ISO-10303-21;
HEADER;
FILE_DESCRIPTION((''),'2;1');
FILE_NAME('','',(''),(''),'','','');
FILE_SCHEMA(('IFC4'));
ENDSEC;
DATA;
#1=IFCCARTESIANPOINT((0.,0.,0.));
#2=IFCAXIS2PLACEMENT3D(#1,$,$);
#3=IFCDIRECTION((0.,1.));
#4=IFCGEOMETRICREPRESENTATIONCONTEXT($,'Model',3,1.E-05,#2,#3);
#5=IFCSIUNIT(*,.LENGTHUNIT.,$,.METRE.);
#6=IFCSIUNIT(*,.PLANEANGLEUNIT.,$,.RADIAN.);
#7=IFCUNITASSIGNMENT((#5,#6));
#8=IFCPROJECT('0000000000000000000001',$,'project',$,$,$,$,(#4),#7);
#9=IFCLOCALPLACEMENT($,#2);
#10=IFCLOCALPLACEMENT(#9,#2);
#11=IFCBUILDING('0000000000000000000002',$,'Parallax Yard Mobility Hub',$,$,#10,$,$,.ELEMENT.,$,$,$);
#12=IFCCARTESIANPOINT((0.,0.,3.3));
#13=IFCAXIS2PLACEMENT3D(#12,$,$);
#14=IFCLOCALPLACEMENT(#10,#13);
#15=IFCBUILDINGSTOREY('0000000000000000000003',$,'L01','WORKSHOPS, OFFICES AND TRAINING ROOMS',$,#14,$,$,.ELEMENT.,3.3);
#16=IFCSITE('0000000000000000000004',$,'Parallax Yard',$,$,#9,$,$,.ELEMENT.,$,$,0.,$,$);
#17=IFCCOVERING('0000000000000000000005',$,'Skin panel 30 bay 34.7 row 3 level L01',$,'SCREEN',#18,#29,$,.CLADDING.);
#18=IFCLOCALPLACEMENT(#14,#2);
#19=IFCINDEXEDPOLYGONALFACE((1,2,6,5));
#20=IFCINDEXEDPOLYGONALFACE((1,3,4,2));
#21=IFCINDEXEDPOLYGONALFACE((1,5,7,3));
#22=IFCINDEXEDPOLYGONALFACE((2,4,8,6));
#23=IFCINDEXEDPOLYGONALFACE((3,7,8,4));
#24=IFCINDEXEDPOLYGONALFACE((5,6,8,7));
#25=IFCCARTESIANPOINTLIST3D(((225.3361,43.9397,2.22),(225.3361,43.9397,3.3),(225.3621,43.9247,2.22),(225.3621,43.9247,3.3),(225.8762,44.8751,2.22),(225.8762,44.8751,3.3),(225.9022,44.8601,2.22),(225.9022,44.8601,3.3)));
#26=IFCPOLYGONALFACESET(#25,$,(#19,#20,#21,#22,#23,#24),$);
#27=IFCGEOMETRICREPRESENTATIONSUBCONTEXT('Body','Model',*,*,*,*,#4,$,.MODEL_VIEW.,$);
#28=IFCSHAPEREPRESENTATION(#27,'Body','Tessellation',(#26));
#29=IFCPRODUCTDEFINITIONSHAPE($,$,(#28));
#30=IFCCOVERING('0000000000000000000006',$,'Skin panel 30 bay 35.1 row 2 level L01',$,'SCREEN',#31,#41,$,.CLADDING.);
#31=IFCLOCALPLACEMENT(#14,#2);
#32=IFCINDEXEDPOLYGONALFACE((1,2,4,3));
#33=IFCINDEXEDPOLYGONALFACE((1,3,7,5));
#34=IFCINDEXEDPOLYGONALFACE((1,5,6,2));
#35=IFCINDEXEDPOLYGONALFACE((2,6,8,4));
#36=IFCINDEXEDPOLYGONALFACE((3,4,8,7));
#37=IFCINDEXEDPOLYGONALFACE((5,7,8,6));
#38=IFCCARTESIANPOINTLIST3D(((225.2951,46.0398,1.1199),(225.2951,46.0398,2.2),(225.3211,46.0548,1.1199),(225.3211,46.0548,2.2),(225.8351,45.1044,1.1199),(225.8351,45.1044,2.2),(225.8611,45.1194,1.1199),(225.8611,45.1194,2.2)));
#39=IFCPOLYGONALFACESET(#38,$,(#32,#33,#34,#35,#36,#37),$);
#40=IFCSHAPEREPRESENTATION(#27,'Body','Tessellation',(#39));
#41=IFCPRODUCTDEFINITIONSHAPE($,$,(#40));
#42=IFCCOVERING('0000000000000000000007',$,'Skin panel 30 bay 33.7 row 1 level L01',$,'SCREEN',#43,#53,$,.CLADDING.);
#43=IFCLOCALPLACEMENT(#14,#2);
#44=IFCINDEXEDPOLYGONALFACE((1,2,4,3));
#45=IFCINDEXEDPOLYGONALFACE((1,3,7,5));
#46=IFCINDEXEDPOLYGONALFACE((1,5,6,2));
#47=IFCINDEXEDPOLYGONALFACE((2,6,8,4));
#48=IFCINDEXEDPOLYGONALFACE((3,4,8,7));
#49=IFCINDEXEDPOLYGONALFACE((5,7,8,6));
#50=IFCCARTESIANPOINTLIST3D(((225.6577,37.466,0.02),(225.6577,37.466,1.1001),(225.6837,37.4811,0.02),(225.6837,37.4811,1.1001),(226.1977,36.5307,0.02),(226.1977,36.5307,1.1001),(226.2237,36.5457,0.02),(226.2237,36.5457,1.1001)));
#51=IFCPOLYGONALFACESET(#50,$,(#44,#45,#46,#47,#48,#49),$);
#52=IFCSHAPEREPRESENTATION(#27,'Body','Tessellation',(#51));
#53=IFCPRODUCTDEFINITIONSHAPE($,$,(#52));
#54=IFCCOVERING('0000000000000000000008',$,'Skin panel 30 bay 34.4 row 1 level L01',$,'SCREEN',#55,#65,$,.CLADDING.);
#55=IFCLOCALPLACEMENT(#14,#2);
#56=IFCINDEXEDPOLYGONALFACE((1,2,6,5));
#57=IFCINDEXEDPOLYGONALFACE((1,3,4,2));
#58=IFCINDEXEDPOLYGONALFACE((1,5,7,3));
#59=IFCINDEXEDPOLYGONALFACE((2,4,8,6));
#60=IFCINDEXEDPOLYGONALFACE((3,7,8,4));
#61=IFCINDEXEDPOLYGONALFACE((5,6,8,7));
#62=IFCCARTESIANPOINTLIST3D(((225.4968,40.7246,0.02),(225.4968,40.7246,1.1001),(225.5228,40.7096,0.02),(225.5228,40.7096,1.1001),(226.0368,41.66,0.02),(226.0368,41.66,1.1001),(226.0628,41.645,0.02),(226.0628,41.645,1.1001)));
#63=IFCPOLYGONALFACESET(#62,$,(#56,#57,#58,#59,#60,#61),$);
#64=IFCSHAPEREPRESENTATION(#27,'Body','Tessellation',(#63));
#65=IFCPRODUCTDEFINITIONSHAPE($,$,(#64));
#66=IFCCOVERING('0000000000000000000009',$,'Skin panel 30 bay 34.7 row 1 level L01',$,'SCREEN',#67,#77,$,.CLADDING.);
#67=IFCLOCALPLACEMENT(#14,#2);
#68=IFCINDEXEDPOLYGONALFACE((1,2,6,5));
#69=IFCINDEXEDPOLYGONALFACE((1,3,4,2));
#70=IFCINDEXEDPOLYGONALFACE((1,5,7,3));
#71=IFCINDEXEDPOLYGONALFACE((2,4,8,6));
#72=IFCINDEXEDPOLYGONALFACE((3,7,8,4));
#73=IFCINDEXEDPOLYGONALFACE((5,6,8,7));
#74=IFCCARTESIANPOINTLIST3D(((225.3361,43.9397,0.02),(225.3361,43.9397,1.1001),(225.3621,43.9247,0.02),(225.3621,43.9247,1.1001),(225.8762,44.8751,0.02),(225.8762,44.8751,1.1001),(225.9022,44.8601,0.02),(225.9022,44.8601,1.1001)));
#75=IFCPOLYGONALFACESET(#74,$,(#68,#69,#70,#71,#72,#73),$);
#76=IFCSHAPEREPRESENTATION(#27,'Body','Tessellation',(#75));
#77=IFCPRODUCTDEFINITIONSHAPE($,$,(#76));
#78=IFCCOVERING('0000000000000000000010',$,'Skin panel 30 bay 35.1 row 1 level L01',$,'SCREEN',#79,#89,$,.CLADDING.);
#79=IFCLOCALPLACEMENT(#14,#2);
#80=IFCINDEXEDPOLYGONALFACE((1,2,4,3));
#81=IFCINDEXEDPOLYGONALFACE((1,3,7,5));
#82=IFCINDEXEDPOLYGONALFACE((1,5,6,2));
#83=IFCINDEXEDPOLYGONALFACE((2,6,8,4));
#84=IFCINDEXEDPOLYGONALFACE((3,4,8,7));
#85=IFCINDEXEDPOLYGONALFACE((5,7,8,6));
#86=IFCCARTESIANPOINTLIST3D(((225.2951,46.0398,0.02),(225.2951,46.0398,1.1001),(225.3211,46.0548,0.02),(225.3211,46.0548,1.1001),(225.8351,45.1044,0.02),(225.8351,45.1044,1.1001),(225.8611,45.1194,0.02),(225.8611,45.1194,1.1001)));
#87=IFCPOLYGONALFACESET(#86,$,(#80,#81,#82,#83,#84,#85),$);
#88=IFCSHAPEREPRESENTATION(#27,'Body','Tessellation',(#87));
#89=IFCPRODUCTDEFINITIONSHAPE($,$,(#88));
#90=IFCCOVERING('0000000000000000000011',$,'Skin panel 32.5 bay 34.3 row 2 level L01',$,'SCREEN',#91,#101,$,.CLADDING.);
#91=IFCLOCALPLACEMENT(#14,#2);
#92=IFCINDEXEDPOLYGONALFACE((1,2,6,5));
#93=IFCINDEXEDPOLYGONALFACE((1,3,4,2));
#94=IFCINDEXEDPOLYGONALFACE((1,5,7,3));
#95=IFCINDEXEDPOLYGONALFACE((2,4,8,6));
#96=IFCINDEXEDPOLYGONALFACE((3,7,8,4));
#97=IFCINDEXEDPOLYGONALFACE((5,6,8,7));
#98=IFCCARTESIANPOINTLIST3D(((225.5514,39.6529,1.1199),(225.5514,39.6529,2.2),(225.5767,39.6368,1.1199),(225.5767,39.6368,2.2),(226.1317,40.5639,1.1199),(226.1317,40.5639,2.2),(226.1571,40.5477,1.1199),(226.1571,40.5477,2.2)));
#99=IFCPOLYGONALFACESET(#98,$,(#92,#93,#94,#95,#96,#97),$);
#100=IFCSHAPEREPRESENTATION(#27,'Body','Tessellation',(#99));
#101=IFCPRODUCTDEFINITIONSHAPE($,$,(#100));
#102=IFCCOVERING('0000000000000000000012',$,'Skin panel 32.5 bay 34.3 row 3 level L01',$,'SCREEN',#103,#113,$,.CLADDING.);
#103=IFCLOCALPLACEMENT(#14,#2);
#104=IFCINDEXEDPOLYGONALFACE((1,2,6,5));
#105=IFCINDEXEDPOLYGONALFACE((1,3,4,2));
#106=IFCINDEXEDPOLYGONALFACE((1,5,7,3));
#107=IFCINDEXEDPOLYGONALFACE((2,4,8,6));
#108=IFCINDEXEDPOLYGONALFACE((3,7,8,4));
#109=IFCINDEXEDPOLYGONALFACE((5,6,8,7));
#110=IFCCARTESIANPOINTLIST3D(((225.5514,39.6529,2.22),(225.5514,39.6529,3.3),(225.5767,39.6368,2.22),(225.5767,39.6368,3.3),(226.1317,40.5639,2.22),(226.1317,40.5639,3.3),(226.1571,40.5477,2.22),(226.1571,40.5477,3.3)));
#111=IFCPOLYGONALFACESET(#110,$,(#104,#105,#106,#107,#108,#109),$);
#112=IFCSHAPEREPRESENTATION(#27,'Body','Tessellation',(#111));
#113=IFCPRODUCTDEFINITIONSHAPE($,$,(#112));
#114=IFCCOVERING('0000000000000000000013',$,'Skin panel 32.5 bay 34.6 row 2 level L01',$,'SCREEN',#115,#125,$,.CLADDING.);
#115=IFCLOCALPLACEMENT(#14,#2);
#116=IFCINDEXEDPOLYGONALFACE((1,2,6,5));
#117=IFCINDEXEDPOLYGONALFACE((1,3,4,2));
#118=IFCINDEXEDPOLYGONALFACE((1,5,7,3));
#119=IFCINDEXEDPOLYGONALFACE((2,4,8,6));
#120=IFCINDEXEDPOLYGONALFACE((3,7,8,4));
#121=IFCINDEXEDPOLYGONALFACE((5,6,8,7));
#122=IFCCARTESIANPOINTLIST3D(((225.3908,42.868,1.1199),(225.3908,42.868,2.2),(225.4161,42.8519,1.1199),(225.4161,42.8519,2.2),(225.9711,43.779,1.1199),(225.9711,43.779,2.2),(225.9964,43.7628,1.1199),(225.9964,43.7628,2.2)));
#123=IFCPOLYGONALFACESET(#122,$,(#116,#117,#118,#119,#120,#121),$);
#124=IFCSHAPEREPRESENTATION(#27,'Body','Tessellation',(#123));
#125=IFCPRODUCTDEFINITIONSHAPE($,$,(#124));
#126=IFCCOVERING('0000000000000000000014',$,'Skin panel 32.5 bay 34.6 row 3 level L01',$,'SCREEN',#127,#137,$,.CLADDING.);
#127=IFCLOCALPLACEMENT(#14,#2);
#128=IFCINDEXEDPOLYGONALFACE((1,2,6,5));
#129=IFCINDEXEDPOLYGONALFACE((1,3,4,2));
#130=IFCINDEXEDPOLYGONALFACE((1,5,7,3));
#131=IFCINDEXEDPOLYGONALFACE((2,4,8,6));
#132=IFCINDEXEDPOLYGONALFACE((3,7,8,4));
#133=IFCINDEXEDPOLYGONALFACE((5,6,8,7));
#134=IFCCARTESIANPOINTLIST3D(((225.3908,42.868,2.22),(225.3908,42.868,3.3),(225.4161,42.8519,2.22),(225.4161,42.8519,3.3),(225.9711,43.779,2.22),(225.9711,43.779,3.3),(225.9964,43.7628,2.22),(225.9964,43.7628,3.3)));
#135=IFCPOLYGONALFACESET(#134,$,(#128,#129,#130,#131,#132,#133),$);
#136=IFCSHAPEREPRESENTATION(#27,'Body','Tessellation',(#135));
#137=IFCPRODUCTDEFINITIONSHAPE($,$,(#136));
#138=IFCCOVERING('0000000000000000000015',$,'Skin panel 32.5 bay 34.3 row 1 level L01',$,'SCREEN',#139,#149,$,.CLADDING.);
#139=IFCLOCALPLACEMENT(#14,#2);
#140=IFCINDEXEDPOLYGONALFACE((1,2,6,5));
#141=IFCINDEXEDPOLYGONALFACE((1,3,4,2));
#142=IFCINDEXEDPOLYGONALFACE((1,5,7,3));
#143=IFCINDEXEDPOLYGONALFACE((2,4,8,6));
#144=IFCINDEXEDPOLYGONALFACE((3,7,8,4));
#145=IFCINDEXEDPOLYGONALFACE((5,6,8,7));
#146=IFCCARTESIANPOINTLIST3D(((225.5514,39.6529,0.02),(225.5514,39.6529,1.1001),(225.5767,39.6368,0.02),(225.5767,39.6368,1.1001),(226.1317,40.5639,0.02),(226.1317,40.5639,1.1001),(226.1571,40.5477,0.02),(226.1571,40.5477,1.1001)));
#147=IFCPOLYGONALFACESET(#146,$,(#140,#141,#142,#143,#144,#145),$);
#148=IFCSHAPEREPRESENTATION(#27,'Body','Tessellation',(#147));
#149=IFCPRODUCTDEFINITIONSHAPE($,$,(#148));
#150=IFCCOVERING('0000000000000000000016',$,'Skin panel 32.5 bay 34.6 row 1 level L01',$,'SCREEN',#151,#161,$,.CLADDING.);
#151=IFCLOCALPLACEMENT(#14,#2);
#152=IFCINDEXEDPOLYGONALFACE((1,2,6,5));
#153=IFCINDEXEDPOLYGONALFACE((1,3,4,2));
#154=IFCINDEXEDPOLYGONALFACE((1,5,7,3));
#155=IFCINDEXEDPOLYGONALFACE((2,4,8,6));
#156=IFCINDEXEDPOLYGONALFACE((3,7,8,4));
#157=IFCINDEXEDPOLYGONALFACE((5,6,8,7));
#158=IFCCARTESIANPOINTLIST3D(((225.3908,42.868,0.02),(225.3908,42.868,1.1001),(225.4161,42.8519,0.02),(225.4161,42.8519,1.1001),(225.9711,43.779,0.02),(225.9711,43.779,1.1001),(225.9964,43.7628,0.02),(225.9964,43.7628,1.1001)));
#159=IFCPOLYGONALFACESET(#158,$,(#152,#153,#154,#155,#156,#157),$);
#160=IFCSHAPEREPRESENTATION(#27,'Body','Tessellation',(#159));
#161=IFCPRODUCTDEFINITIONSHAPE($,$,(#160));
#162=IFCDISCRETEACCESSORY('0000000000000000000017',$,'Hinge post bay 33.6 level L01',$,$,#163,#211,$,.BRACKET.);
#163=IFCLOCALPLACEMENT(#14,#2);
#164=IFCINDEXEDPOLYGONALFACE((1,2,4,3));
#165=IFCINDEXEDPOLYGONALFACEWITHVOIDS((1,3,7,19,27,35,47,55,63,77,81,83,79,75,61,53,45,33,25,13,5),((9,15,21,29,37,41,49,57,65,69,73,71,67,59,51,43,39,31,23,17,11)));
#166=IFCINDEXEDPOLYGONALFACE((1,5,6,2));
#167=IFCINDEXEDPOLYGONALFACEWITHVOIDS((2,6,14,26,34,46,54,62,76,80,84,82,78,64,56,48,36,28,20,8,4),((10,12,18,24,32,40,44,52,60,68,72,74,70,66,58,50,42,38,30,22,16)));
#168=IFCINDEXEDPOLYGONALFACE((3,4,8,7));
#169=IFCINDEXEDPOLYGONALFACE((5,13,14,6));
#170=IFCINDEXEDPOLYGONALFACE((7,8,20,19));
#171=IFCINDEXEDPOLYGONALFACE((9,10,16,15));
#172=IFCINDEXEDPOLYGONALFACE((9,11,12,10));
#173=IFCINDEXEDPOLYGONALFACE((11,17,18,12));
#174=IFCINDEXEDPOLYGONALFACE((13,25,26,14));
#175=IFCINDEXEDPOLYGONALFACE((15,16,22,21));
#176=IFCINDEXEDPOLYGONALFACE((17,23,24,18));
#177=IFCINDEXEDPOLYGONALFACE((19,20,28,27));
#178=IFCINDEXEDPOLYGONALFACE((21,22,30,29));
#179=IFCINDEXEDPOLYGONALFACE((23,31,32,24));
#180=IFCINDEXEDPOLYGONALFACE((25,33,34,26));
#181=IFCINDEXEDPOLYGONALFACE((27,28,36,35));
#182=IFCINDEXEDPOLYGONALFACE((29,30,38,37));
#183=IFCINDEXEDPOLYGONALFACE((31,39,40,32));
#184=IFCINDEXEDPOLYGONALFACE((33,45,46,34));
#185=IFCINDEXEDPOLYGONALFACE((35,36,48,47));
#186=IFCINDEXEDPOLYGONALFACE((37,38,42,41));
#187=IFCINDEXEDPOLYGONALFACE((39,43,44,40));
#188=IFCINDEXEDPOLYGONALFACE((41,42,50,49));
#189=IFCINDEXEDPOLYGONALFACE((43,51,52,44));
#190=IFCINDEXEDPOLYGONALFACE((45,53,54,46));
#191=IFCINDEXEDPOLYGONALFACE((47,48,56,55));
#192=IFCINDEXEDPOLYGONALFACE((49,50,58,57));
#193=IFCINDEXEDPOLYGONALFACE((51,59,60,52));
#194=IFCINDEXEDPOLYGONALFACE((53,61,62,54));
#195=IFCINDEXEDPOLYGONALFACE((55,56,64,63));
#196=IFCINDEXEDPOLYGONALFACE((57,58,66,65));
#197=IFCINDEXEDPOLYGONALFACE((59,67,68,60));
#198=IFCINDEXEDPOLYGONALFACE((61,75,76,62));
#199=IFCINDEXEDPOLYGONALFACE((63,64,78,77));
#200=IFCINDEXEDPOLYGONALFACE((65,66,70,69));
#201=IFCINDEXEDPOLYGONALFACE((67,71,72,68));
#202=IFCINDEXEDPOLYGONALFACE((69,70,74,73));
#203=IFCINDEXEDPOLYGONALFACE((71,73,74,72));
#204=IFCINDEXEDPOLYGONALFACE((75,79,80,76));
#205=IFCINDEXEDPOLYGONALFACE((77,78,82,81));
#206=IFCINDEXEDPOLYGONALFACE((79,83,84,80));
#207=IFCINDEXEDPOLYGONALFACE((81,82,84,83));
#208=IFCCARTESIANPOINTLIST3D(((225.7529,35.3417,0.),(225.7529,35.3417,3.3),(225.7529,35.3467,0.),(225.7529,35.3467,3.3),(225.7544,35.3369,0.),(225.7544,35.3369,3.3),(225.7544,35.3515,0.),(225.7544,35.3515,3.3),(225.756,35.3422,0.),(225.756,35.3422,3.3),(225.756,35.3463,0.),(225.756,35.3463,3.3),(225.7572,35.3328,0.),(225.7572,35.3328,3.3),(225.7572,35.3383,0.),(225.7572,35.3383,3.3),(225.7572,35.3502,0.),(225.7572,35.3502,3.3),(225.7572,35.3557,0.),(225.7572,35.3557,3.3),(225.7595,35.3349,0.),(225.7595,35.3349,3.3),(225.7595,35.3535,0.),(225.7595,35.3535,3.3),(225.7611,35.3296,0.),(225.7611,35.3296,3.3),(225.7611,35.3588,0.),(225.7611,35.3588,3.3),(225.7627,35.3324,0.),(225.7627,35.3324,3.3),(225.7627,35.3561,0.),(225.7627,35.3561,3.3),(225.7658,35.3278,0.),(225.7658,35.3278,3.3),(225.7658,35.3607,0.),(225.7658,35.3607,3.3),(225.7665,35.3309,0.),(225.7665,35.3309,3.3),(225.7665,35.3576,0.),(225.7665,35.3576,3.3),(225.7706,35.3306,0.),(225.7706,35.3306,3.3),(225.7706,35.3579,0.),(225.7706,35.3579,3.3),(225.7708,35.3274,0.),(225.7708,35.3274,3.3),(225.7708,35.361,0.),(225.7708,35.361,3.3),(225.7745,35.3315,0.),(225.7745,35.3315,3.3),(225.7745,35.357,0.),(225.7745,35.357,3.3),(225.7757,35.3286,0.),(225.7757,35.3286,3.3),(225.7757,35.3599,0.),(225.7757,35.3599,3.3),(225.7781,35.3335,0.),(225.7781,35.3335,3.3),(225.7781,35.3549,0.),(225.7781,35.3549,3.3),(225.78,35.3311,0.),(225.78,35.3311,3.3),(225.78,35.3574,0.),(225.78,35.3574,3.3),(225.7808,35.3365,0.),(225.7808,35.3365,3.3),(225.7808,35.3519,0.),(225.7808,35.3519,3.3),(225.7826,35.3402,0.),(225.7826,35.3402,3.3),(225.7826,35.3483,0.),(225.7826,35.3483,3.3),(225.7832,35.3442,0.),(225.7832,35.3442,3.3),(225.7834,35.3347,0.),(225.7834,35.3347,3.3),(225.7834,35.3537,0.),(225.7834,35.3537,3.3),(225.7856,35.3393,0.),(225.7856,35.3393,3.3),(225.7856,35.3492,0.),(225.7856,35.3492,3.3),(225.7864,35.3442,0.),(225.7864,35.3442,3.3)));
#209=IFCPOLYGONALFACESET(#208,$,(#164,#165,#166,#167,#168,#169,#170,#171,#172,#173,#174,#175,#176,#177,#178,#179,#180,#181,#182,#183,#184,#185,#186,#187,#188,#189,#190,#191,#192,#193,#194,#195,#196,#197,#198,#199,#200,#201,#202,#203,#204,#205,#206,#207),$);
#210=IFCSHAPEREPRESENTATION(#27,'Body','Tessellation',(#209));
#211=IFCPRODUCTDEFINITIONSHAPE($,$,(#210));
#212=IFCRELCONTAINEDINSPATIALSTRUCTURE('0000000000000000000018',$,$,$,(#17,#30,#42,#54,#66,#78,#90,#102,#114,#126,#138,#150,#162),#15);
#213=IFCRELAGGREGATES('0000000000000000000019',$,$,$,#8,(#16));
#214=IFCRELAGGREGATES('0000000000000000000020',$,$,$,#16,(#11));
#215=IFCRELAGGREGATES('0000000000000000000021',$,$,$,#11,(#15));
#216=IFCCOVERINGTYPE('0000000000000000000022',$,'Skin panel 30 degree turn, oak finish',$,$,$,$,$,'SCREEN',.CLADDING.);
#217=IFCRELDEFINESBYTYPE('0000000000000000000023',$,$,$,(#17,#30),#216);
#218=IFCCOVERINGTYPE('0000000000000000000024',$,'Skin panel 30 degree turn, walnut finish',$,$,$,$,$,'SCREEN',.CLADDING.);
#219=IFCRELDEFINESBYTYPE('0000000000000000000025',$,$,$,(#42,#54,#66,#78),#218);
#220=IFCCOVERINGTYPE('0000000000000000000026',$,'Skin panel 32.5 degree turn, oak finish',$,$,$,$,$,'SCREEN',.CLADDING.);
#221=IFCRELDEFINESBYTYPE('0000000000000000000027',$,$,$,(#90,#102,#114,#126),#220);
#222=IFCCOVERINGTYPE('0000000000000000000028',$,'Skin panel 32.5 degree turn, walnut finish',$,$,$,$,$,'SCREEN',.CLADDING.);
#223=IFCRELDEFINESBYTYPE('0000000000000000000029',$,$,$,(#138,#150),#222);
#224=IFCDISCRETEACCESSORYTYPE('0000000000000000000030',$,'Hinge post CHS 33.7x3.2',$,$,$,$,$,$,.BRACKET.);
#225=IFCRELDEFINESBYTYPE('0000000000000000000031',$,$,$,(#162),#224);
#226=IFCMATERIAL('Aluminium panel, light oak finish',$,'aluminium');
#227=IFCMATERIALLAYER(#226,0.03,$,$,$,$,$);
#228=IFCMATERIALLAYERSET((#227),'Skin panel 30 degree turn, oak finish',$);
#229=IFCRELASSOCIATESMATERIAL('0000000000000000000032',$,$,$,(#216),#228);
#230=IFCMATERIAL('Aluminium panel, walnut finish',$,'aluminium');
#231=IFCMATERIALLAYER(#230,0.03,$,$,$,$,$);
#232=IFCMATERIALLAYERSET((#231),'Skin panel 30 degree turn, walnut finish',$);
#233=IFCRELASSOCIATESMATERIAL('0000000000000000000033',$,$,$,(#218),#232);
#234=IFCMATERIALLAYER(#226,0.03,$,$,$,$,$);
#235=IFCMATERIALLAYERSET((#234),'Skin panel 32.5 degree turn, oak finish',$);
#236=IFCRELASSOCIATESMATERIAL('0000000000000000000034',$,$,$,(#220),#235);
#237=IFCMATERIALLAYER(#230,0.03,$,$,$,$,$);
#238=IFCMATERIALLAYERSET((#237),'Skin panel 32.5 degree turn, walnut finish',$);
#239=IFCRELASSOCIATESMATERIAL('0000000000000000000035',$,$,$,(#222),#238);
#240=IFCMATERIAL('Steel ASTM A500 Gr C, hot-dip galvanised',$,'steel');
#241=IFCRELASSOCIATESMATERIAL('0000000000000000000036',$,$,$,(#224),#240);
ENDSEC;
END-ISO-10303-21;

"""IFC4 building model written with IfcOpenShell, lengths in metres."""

from ifc_helpers import new_model, si_unit, direction, frame, origin, origin_2d, place, context, subcontext, project, spatial, rectangle, hollow_circle, extrude, material, layer, layer_set, material_profile, profile_set, type_object, element, save


model = new_model("IFC4")

# Units and contexts
model_context = context("Model", 3, precision=1e-05, world=origin(), true_north=direction((0.0, 1.0)))
body_context = subcontext(model_context, "Body", "Model", "MODEL_VIEW")
ifc_project = project(units=[si_unit("LENGTHUNIT", "METRE"), si_unit("PLANEANGLEUNIT", "RADIAN")], contexts=[model_context])

# Site, building, storey
site_placement = place(None, origin())
site = spatial("IfcSite", under=ifc_project, at=site_placement, Name="Parallax Yard", CompositionType="ELEMENT", RefElevation=0.0)
building_placement = place(site_placement, origin())
building = spatial("IfcBuilding", under=site, at=building_placement, Name="Parallax Yard Mobility Hub", CompositionType="ELEMENT")
storey_placement = place(building_placement, frame((0.0, 0.0, 3.3)))
storey = spatial("IfcBuildingStorey", under=building, at=storey_placement, Name="L01", Description="WORKSHOPS, OFFICES AND TRAINING ROOMS", CompositionType="ELEMENT", Elevation=3.3)

# Coverings
ifc_material_1 = material(Name="Aluminium panel, light oak finish", Category="aluminium")
ifc_material_2 = material(Name="Aluminium panel, walnut finish", Category="aluminium")
ifc_layer_1 = layer(ifc_material_1, 0.03)
ifc_layer_set_1 = layer_set([ifc_layer_1], Name="Skin panel 30 degree turn, oak finish")
covering_type_1 = type_object("IfcCoveringType", Name="Skin panel 30 degree turn, oak finish", ElementType="SCREEN", PredefinedType="CLADDING", material=ifc_layer_set_1)
for number, where, z_axis, x_axis, name in (
    (1, (225.6191, 44.3999, 2.22), (0.0, 0.0, 1.0), (0.5, 0.866025, 0.0), "Skin panel 30 bay 34.7 row 3 level L01"),
    (2, (225.5781, 45.5796, 1.1199), (0.0, 0.0, 1.0), (0.5, -0.866025, 0.0), "Skin panel 30 bay 35.1 row 2 level L01"),
):
    element("IfcCovering", number, at=place(storey_placement, frame(where, z_axis=z_axis, x_axis=x_axis)), inside=storey, type_object=covering_type_1, Name=name, ObjectType="SCREEN", PredefinedType="CLADDING", context=body_context, shape_type="SweptSolid", body=[
        extrude(rectangle(XDim=1.0801, YDim=0.03, at=origin_2d()), origin(), (0.0, 0.0, 1.0), 1.0801),
    ])
ifc_layer_2 = layer(ifc_material_2, 0.03)
ifc_layer_set_2 = layer_set([ifc_layer_2], Name="Skin panel 30 degree turn, walnut finish")
covering_type_2 = type_object("IfcCoveringType", Name="Skin panel 30 degree turn, walnut finish", ElementType="SCREEN", PredefinedType="CLADDING", material=ifc_layer_set_2)
for number, where, z_axis, x_axis, name in (
    (3, (225.9407, 37.0059, 0.02), (0.0, 0.0, 1.0), (0.5, -0.866025, 0.0), "Skin panel 30 bay 33.7 row 1 level L01"),
    (4, (225.7798, 41.1848, 0.02), (0.0, 0.0, 1.0), (0.5, 0.866025, 0.0), "Skin panel 30 bay 34.4 row 1 level L01"),
    (5, (225.6191, 44.3999, 0.02), (0.0, 0.0, 1.0), (0.5, 0.866025, 0.0), "Skin panel 30 bay 34.7 row 1 level L01"),
    (6, (225.5781, 45.5796, 0.02), (0.0, 0.0, 1.0), (0.5, -0.866025, 0.0), "Skin panel 30 bay 35.1 row 1 level L01"),
):
    element("IfcCovering", number, at=place(storey_placement, frame(where, z_axis=z_axis, x_axis=x_axis)), inside=storey, type_object=covering_type_2, Name=name, ObjectType="SCREEN", PredefinedType="CLADDING", context=body_context, shape_type="SweptSolid", body=[
        extrude(rectangle(XDim=1.0801, YDim=0.03, at=origin_2d()), origin(), (0.0, 0.0, 1.0), 1.0801),
    ])
ifc_layer_3 = layer(ifc_material_1, 0.03)
ifc_layer_set_3 = layer_set([ifc_layer_3], Name="Skin panel 32.5 degree turn, oak finish")
covering_type_3 = type_object("IfcCoveringType", Name="Skin panel 32.5 degree turn, oak finish", ElementType="SCREEN", PredefinedType="CLADDING", material=ifc_layer_set_3)
for number, where, z_axis, x_axis, name in (
    (7, (225.8542, 40.1003, 1.1199), (0.0, 0.0, 1.0), (0.5373, 0.843391, 0.0), "Skin panel 32.5 bay 34.3 row 2 level L01"),
    (8, (225.8542, 40.1003, 2.22), (0.0, 0.0, 1.0), (0.5373, 0.843391, 0.0), "Skin panel 32.5 bay 34.3 row 3 level L01"),
    (9, (225.6936, 43.3154, 1.1199), (0.0, 0.0, 1.0), (0.5373, 0.843391, 0.0), "Skin panel 32.5 bay 34.6 row 2 level L01"),
    (10, (225.6936, 43.3154, 2.22), (0.0, 0.0, 1.0), (0.5373, 0.843391, 0.0), "Skin panel 32.5 bay 34.6 row 3 level L01"),
):
    element("IfcCovering", number, at=place(storey_placement, frame(where, z_axis=z_axis, x_axis=x_axis)), inside=storey, type_object=covering_type_3, Name=name, ObjectType="SCREEN", PredefinedType="CLADDING", context=body_context, shape_type="SweptSolid", body=[
        extrude(rectangle(XDim=1.0801, YDim=0.03, at=origin_2d()), origin(), (0.0, 0.0, 1.0), 1.0801),
    ])
ifc_layer_4 = layer(ifc_material_2, 0.03)
ifc_layer_set_4 = layer_set([ifc_layer_4], Name="Skin panel 32.5 degree turn, walnut finish")
covering_type_4 = type_object("IfcCoveringType", Name="Skin panel 32.5 degree turn, walnut finish", ElementType="SCREEN", PredefinedType="CLADDING", material=ifc_layer_set_4)
for number, where, z_axis, x_axis, name in (
    (11, (225.8542, 40.1003, 0.02), (0.0, 0.0, 1.0), (0.5373, 0.843391, 0.0), "Skin panel 32.5 bay 34.3 row 1 level L01"),
    (12, (225.6936, 43.3154, 0.02), (0.0, 0.0, 1.0), (0.5373, 0.843391, 0.0), "Skin panel 32.5 bay 34.6 row 1 level L01"),
):
    element("IfcCovering", number, at=place(storey_placement, frame(where, z_axis=z_axis, x_axis=x_axis)), inside=storey, type_object=covering_type_4, Name=name, ObjectType="SCREEN", PredefinedType="CLADDING", context=body_context, shape_type="SweptSolid", body=[
        extrude(rectangle(XDim=1.0801, YDim=0.03, at=origin_2d()), origin(), (0.0, 0.0, 1.0), 1.0801),
    ])

# Discrete accessory
ifc_material_3 = material(Name="Steel ASTM A500 Gr C, hot-dip galvanised", Category="steel")
ifc_material_profile = material_profile(ifc_material_3, hollow_circle(Radius=0.0168, WallThickness=0.0032, at=origin_2d()), Name="CHS 33.7x3.2")
ifc_profile_set = profile_set([ifc_material_profile], Name="Steel ASTM A500 Gr C, hot-dip galvanised")
discrete_accessory_type = type_object("IfcDiscreteAccessoryType", Name="Hinge post CHS 33.7x3.2", PredefinedType="BRACKET", material=ifc_profile_set)
for number, where, z_axis, x_axis, name in (
    (13, (225.7695, 35.3442, 0.0), (0.0, 0.0, 1.0), (1.0, 0.0, 0.0), "Hinge post bay 33.6 level L01"),
):
    element("IfcDiscreteAccessory", number, at=place(storey_placement, frame(where, z_axis=z_axis, x_axis=x_axis)), inside=storey, type_object=discrete_accessory_type, Name=name, PredefinedType="BRACKET", context=body_context, shape_type="SweptSolid", body=[
        extrude(hollow_circle(Radius=0.0168, WallThickness=0.0032, at=origin_2d()), origin(), (0.0, 0.0, 1.0), 3.3),
    ])

save(model, "model.ifc")
